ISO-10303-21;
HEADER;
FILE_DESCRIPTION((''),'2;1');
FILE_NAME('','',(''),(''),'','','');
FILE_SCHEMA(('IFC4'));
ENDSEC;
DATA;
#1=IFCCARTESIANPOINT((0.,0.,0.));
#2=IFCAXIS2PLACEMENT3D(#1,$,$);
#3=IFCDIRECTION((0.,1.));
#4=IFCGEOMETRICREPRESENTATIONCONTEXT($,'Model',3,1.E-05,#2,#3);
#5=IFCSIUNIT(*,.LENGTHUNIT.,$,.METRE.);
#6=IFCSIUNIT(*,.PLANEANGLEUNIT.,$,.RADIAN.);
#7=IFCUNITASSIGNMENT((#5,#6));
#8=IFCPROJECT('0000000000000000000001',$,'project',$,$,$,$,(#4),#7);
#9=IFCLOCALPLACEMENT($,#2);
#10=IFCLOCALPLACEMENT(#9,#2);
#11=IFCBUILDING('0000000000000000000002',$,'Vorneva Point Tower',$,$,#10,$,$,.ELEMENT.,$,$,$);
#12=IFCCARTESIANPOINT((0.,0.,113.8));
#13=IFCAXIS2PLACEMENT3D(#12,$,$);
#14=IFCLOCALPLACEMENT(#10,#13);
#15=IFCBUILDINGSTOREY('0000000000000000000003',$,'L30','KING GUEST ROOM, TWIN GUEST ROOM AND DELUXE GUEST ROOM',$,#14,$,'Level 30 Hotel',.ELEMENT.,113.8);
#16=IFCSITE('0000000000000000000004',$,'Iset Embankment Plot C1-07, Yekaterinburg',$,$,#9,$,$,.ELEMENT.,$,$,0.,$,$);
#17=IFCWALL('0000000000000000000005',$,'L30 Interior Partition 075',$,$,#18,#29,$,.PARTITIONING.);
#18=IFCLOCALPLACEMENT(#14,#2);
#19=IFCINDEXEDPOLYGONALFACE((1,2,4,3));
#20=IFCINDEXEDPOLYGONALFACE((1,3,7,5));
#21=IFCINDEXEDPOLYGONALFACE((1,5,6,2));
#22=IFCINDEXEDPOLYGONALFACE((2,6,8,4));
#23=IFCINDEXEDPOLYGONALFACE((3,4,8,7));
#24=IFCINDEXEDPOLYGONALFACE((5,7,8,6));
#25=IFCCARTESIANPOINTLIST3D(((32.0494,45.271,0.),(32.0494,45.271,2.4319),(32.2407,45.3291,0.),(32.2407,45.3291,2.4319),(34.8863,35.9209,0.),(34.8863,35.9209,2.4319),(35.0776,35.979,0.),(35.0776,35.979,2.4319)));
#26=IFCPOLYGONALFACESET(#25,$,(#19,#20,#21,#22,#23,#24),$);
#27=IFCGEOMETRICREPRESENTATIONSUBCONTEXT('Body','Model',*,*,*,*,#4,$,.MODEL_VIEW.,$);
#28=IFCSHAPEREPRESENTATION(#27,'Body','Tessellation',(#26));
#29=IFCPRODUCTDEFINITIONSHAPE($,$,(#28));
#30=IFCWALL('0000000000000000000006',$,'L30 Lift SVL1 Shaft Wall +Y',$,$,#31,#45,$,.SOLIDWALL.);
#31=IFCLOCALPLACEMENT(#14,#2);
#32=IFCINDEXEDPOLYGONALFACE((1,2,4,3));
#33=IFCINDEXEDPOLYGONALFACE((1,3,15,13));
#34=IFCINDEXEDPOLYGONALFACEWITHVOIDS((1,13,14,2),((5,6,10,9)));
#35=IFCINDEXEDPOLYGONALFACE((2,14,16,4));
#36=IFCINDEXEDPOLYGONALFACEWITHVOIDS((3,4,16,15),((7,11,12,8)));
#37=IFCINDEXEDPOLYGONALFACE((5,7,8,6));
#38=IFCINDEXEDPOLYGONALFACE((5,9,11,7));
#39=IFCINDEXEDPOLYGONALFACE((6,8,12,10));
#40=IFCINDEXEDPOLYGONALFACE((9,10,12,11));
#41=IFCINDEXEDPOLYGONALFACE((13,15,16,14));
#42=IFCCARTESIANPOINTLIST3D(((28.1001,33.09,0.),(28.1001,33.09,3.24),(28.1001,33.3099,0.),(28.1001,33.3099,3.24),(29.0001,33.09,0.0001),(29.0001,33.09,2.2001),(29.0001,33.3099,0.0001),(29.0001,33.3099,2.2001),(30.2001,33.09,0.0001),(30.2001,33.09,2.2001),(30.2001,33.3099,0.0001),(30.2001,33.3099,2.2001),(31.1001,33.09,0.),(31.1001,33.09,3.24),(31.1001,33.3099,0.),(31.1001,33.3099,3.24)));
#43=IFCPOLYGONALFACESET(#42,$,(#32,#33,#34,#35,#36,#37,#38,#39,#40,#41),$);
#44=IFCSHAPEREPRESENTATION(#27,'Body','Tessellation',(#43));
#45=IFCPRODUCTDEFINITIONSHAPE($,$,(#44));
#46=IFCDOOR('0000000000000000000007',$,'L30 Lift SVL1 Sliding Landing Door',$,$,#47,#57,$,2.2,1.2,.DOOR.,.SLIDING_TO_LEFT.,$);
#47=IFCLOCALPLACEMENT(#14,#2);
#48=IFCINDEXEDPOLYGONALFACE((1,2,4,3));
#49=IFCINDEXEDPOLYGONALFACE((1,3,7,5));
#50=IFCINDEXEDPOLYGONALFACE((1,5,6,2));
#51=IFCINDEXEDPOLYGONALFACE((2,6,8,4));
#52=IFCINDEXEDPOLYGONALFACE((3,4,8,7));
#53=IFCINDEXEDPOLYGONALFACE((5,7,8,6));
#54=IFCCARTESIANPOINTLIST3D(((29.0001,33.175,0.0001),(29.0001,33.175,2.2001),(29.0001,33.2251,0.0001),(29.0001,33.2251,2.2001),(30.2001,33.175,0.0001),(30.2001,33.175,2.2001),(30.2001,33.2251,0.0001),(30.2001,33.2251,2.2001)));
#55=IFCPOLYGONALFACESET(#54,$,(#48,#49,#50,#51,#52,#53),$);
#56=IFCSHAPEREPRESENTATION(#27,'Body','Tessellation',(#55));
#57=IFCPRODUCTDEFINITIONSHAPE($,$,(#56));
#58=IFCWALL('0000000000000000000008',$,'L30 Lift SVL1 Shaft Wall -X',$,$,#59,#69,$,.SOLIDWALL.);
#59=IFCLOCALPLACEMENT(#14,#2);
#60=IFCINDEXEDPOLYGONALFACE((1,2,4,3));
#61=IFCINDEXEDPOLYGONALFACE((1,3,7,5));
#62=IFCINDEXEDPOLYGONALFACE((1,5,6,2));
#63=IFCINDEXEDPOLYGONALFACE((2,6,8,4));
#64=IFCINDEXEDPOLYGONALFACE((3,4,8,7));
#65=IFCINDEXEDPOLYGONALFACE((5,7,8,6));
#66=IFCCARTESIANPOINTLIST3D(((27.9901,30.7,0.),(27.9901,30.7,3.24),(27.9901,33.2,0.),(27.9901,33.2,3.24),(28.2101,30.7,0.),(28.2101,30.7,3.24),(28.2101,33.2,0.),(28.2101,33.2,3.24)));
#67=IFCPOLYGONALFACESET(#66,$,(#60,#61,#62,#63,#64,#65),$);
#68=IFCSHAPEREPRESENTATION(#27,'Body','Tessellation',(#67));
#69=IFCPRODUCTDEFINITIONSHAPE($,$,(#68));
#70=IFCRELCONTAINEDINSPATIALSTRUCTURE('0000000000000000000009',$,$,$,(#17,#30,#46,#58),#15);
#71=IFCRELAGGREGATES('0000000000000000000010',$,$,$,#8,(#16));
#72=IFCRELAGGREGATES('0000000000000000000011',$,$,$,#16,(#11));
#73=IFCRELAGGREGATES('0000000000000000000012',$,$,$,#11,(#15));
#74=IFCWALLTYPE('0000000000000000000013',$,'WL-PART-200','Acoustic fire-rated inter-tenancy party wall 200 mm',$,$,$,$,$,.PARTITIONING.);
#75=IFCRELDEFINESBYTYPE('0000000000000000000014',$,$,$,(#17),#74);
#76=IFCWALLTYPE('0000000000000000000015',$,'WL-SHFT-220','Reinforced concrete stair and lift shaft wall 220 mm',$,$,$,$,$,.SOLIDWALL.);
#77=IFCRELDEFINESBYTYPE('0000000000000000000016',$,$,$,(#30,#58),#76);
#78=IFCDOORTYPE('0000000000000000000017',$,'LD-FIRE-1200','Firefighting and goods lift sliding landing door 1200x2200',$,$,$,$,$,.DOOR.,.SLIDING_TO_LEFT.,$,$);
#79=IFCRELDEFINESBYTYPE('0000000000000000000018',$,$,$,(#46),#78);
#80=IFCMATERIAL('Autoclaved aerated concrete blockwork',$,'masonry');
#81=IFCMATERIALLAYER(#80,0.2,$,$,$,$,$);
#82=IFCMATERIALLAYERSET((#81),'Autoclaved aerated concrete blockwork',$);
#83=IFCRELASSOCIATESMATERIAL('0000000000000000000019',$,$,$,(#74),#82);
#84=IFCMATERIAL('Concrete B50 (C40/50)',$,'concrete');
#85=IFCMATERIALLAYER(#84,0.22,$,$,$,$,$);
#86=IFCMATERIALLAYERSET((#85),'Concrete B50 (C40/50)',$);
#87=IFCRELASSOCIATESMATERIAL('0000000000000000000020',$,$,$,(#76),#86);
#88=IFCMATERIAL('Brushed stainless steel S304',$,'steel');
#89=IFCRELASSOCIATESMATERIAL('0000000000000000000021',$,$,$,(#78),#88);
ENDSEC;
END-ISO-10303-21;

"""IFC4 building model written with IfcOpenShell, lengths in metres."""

from ifc_helpers import new_model, si_unit, direction, frame, frame_2d, origin, place, context, subcontext, project, spatial, rectangle, extrude, material, layer, layer_set, type_object, element, fill, save


model = new_model("IFC4")

# Units and contexts
model_context = context("Model", 3, precision=1e-05, world=origin(), true_north=direction((0.0, 1.0)))
body_context = subcontext(model_context, "Body", "Model", "MODEL_VIEW")
ifc_project = project(units=[si_unit("LENGTHUNIT", "METRE"), si_unit("PLANEANGLEUNIT", "RADIAN")], contexts=[model_context])

# Site, building, storey
site_placement = place(None, origin())
site = spatial("IfcSite", under=ifc_project, at=site_placement, Name="Iset Embankment Plot C1-07, Yekaterinburg", CompositionType="ELEMENT", RefElevation=0.0)
building_placement = place(site_placement, origin())
building = spatial("IfcBuilding", under=site, at=building_placement, Name="Vorneva Point Tower", CompositionType="ELEMENT")
storey_placement = place(building_placement, frame((0.0, 0.0, 113.8)))
storey = spatial("IfcBuildingStorey", under=building, at=storey_placement, Name="L30", Description="KING GUEST ROOM, TWIN GUEST ROOM AND DELUXE GUEST ROOM", LongName="Level 30 Hotel", CompositionType="ELEMENT", Elevation=113.8)

# Shared definitions
ifc_material_1 = material(Name="Autoclaved aerated concrete blockwork", Category="masonry")

# Wall
ifc_layer_1 = layer(ifc_material_1, 0.2)
ifc_layer_set_1 = layer_set([ifc_layer_1], Name="Autoclaved aerated concrete blockwork")
wall_type_1 = type_object("IfcWallType", Name="WL-PART-200", Description="Acoustic fire-rated inter-tenancy party wall 200 mm", PredefinedType="PARTITIONING", material=ifc_layer_set_1)
wall_1_placement = place(storey_placement, frame((32.145, 45.3, 0.0), z_axis=(0.0, 0.0, 1.0), x_axis=(0.29034, -0.956923, 0.0)))
element("IfcWall", 1, at=wall_1_placement, inside=storey, type_object=wall_type_1, Name="L30 Interior Partition 075", PredefinedType="PARTITIONING", context=body_context, shape_type="SweptSolid", body=[
    extrude(rectangle(XDim=9.771, YDim=0.2, at=frame_2d((4.8855, 0.0))), origin(), (0.0, 0.0, 1.0), 2.4319),
])

# Wall, opening, door
ifc_material_2 = material(Name="Concrete B50 (C40/50)", Category="concrete")
ifc_layer_2 = layer(ifc_material_2, 0.22)
ifc_layer_set_2 = layer_set([ifc_layer_2], Name="Concrete B50 (C40/50)")
wall_type_2 = type_object("IfcWallType", Name="WL-SHFT-220", Description="Reinforced concrete stair and lift shaft wall 220 mm", PredefinedType="SOLIDWALL", material=ifc_layer_set_2)
wall_2_placement = place(storey_placement, frame((31.1001, 33.2, 0.0), z_axis=(0.0, 0.0, 1.0), x_axis=(-1.0, 0.0, 0.0)))
wall_2 = element("IfcWall", 2, at=wall_2_placement, inside=storey, type_object=wall_type_2, Name="L30 Lift SVL1 Shaft Wall +Y", PredefinedType="SOLIDWALL", context=body_context, shape_type="SweptSolid", body=[
    extrude(rectangle(XDim=3.0, YDim=0.22, at=frame_2d((1.5, 0.0))), origin(), (0.0, 0.0, 1.0), 3.24),
])
opening_1_placement = place(wall_2_placement, frame((0.8999, 0.0, 0.0)))
opening_1 = element("IfcOpeningElement", 3, at=opening_1_placement, cuts=wall_2, PredefinedType="OPENING", context=body_context, shape_type="SweptSolid", body=[
    extrude(rectangle(XDim=1.2, YDim=2.2, at=frame_2d((0.6001, 1.1001))), frame((0.0, 0.125, 0.0), z_axis=(0.0, -1.0, 0.0), x_axis=(1.0, 0.0, 0.0)), (0.0, 0.0, 1.0), 0.2498),
])
ifc_material_3 = material(Name="Brushed stainless steel S304", Category="steel")
door_type_1 = type_object("IfcDoorType", Name="LD-FIRE-1200", Description="Firefighting and goods lift sliding landing door 1200x2200", OperationType="SLIDING_TO_LEFT", PredefinedType="DOOR", material=ifc_material_3)
door_1_placement = place(opening_1_placement, origin())
door_1 = element("IfcDoor", 4, at=door_1_placement, inside=storey, type_object=door_type_1, Name="L30 Lift SVL1 Sliding Landing Door", OperationType="SLIDING_TO_LEFT", OverallHeight=2.2, OverallWidth=1.2, PredefinedType="DOOR", context=body_context, shape_type="SweptSolid", body=[
    extrude(rectangle(XDim=1.2, YDim=2.2, at=frame_2d((0.6001, 1.1001))), frame((0.0, 0.0249, 0.0), z_axis=(0.0, -1.0, 0.0), x_axis=(1.0, 0.0, 0.0)), (0.0, 0.0, 1.0), 0.05),
])
fill(opening_1, door_1)

# Wall
wall_3_placement = place(storey_placement, frame((28.1001, 33.2, 0.0), z_axis=(0.0, 0.0, 1.0), x_axis=(0.0, -1.0, 0.0)))
element("IfcWall", 5, at=wall_3_placement, inside=storey, type_object=wall_type_2, Name="L30 Lift SVL1 Shaft Wall -X", PredefinedType="SOLIDWALL", context=body_context, shape_type="SweptSolid", body=[
    extrude(rectangle(XDim=2.5, YDim=0.22, at=frame_2d((1.25, 0.0))), origin(), (0.0, 0.0, 1.0), 3.24),
])

save(model, "model.ifc")
